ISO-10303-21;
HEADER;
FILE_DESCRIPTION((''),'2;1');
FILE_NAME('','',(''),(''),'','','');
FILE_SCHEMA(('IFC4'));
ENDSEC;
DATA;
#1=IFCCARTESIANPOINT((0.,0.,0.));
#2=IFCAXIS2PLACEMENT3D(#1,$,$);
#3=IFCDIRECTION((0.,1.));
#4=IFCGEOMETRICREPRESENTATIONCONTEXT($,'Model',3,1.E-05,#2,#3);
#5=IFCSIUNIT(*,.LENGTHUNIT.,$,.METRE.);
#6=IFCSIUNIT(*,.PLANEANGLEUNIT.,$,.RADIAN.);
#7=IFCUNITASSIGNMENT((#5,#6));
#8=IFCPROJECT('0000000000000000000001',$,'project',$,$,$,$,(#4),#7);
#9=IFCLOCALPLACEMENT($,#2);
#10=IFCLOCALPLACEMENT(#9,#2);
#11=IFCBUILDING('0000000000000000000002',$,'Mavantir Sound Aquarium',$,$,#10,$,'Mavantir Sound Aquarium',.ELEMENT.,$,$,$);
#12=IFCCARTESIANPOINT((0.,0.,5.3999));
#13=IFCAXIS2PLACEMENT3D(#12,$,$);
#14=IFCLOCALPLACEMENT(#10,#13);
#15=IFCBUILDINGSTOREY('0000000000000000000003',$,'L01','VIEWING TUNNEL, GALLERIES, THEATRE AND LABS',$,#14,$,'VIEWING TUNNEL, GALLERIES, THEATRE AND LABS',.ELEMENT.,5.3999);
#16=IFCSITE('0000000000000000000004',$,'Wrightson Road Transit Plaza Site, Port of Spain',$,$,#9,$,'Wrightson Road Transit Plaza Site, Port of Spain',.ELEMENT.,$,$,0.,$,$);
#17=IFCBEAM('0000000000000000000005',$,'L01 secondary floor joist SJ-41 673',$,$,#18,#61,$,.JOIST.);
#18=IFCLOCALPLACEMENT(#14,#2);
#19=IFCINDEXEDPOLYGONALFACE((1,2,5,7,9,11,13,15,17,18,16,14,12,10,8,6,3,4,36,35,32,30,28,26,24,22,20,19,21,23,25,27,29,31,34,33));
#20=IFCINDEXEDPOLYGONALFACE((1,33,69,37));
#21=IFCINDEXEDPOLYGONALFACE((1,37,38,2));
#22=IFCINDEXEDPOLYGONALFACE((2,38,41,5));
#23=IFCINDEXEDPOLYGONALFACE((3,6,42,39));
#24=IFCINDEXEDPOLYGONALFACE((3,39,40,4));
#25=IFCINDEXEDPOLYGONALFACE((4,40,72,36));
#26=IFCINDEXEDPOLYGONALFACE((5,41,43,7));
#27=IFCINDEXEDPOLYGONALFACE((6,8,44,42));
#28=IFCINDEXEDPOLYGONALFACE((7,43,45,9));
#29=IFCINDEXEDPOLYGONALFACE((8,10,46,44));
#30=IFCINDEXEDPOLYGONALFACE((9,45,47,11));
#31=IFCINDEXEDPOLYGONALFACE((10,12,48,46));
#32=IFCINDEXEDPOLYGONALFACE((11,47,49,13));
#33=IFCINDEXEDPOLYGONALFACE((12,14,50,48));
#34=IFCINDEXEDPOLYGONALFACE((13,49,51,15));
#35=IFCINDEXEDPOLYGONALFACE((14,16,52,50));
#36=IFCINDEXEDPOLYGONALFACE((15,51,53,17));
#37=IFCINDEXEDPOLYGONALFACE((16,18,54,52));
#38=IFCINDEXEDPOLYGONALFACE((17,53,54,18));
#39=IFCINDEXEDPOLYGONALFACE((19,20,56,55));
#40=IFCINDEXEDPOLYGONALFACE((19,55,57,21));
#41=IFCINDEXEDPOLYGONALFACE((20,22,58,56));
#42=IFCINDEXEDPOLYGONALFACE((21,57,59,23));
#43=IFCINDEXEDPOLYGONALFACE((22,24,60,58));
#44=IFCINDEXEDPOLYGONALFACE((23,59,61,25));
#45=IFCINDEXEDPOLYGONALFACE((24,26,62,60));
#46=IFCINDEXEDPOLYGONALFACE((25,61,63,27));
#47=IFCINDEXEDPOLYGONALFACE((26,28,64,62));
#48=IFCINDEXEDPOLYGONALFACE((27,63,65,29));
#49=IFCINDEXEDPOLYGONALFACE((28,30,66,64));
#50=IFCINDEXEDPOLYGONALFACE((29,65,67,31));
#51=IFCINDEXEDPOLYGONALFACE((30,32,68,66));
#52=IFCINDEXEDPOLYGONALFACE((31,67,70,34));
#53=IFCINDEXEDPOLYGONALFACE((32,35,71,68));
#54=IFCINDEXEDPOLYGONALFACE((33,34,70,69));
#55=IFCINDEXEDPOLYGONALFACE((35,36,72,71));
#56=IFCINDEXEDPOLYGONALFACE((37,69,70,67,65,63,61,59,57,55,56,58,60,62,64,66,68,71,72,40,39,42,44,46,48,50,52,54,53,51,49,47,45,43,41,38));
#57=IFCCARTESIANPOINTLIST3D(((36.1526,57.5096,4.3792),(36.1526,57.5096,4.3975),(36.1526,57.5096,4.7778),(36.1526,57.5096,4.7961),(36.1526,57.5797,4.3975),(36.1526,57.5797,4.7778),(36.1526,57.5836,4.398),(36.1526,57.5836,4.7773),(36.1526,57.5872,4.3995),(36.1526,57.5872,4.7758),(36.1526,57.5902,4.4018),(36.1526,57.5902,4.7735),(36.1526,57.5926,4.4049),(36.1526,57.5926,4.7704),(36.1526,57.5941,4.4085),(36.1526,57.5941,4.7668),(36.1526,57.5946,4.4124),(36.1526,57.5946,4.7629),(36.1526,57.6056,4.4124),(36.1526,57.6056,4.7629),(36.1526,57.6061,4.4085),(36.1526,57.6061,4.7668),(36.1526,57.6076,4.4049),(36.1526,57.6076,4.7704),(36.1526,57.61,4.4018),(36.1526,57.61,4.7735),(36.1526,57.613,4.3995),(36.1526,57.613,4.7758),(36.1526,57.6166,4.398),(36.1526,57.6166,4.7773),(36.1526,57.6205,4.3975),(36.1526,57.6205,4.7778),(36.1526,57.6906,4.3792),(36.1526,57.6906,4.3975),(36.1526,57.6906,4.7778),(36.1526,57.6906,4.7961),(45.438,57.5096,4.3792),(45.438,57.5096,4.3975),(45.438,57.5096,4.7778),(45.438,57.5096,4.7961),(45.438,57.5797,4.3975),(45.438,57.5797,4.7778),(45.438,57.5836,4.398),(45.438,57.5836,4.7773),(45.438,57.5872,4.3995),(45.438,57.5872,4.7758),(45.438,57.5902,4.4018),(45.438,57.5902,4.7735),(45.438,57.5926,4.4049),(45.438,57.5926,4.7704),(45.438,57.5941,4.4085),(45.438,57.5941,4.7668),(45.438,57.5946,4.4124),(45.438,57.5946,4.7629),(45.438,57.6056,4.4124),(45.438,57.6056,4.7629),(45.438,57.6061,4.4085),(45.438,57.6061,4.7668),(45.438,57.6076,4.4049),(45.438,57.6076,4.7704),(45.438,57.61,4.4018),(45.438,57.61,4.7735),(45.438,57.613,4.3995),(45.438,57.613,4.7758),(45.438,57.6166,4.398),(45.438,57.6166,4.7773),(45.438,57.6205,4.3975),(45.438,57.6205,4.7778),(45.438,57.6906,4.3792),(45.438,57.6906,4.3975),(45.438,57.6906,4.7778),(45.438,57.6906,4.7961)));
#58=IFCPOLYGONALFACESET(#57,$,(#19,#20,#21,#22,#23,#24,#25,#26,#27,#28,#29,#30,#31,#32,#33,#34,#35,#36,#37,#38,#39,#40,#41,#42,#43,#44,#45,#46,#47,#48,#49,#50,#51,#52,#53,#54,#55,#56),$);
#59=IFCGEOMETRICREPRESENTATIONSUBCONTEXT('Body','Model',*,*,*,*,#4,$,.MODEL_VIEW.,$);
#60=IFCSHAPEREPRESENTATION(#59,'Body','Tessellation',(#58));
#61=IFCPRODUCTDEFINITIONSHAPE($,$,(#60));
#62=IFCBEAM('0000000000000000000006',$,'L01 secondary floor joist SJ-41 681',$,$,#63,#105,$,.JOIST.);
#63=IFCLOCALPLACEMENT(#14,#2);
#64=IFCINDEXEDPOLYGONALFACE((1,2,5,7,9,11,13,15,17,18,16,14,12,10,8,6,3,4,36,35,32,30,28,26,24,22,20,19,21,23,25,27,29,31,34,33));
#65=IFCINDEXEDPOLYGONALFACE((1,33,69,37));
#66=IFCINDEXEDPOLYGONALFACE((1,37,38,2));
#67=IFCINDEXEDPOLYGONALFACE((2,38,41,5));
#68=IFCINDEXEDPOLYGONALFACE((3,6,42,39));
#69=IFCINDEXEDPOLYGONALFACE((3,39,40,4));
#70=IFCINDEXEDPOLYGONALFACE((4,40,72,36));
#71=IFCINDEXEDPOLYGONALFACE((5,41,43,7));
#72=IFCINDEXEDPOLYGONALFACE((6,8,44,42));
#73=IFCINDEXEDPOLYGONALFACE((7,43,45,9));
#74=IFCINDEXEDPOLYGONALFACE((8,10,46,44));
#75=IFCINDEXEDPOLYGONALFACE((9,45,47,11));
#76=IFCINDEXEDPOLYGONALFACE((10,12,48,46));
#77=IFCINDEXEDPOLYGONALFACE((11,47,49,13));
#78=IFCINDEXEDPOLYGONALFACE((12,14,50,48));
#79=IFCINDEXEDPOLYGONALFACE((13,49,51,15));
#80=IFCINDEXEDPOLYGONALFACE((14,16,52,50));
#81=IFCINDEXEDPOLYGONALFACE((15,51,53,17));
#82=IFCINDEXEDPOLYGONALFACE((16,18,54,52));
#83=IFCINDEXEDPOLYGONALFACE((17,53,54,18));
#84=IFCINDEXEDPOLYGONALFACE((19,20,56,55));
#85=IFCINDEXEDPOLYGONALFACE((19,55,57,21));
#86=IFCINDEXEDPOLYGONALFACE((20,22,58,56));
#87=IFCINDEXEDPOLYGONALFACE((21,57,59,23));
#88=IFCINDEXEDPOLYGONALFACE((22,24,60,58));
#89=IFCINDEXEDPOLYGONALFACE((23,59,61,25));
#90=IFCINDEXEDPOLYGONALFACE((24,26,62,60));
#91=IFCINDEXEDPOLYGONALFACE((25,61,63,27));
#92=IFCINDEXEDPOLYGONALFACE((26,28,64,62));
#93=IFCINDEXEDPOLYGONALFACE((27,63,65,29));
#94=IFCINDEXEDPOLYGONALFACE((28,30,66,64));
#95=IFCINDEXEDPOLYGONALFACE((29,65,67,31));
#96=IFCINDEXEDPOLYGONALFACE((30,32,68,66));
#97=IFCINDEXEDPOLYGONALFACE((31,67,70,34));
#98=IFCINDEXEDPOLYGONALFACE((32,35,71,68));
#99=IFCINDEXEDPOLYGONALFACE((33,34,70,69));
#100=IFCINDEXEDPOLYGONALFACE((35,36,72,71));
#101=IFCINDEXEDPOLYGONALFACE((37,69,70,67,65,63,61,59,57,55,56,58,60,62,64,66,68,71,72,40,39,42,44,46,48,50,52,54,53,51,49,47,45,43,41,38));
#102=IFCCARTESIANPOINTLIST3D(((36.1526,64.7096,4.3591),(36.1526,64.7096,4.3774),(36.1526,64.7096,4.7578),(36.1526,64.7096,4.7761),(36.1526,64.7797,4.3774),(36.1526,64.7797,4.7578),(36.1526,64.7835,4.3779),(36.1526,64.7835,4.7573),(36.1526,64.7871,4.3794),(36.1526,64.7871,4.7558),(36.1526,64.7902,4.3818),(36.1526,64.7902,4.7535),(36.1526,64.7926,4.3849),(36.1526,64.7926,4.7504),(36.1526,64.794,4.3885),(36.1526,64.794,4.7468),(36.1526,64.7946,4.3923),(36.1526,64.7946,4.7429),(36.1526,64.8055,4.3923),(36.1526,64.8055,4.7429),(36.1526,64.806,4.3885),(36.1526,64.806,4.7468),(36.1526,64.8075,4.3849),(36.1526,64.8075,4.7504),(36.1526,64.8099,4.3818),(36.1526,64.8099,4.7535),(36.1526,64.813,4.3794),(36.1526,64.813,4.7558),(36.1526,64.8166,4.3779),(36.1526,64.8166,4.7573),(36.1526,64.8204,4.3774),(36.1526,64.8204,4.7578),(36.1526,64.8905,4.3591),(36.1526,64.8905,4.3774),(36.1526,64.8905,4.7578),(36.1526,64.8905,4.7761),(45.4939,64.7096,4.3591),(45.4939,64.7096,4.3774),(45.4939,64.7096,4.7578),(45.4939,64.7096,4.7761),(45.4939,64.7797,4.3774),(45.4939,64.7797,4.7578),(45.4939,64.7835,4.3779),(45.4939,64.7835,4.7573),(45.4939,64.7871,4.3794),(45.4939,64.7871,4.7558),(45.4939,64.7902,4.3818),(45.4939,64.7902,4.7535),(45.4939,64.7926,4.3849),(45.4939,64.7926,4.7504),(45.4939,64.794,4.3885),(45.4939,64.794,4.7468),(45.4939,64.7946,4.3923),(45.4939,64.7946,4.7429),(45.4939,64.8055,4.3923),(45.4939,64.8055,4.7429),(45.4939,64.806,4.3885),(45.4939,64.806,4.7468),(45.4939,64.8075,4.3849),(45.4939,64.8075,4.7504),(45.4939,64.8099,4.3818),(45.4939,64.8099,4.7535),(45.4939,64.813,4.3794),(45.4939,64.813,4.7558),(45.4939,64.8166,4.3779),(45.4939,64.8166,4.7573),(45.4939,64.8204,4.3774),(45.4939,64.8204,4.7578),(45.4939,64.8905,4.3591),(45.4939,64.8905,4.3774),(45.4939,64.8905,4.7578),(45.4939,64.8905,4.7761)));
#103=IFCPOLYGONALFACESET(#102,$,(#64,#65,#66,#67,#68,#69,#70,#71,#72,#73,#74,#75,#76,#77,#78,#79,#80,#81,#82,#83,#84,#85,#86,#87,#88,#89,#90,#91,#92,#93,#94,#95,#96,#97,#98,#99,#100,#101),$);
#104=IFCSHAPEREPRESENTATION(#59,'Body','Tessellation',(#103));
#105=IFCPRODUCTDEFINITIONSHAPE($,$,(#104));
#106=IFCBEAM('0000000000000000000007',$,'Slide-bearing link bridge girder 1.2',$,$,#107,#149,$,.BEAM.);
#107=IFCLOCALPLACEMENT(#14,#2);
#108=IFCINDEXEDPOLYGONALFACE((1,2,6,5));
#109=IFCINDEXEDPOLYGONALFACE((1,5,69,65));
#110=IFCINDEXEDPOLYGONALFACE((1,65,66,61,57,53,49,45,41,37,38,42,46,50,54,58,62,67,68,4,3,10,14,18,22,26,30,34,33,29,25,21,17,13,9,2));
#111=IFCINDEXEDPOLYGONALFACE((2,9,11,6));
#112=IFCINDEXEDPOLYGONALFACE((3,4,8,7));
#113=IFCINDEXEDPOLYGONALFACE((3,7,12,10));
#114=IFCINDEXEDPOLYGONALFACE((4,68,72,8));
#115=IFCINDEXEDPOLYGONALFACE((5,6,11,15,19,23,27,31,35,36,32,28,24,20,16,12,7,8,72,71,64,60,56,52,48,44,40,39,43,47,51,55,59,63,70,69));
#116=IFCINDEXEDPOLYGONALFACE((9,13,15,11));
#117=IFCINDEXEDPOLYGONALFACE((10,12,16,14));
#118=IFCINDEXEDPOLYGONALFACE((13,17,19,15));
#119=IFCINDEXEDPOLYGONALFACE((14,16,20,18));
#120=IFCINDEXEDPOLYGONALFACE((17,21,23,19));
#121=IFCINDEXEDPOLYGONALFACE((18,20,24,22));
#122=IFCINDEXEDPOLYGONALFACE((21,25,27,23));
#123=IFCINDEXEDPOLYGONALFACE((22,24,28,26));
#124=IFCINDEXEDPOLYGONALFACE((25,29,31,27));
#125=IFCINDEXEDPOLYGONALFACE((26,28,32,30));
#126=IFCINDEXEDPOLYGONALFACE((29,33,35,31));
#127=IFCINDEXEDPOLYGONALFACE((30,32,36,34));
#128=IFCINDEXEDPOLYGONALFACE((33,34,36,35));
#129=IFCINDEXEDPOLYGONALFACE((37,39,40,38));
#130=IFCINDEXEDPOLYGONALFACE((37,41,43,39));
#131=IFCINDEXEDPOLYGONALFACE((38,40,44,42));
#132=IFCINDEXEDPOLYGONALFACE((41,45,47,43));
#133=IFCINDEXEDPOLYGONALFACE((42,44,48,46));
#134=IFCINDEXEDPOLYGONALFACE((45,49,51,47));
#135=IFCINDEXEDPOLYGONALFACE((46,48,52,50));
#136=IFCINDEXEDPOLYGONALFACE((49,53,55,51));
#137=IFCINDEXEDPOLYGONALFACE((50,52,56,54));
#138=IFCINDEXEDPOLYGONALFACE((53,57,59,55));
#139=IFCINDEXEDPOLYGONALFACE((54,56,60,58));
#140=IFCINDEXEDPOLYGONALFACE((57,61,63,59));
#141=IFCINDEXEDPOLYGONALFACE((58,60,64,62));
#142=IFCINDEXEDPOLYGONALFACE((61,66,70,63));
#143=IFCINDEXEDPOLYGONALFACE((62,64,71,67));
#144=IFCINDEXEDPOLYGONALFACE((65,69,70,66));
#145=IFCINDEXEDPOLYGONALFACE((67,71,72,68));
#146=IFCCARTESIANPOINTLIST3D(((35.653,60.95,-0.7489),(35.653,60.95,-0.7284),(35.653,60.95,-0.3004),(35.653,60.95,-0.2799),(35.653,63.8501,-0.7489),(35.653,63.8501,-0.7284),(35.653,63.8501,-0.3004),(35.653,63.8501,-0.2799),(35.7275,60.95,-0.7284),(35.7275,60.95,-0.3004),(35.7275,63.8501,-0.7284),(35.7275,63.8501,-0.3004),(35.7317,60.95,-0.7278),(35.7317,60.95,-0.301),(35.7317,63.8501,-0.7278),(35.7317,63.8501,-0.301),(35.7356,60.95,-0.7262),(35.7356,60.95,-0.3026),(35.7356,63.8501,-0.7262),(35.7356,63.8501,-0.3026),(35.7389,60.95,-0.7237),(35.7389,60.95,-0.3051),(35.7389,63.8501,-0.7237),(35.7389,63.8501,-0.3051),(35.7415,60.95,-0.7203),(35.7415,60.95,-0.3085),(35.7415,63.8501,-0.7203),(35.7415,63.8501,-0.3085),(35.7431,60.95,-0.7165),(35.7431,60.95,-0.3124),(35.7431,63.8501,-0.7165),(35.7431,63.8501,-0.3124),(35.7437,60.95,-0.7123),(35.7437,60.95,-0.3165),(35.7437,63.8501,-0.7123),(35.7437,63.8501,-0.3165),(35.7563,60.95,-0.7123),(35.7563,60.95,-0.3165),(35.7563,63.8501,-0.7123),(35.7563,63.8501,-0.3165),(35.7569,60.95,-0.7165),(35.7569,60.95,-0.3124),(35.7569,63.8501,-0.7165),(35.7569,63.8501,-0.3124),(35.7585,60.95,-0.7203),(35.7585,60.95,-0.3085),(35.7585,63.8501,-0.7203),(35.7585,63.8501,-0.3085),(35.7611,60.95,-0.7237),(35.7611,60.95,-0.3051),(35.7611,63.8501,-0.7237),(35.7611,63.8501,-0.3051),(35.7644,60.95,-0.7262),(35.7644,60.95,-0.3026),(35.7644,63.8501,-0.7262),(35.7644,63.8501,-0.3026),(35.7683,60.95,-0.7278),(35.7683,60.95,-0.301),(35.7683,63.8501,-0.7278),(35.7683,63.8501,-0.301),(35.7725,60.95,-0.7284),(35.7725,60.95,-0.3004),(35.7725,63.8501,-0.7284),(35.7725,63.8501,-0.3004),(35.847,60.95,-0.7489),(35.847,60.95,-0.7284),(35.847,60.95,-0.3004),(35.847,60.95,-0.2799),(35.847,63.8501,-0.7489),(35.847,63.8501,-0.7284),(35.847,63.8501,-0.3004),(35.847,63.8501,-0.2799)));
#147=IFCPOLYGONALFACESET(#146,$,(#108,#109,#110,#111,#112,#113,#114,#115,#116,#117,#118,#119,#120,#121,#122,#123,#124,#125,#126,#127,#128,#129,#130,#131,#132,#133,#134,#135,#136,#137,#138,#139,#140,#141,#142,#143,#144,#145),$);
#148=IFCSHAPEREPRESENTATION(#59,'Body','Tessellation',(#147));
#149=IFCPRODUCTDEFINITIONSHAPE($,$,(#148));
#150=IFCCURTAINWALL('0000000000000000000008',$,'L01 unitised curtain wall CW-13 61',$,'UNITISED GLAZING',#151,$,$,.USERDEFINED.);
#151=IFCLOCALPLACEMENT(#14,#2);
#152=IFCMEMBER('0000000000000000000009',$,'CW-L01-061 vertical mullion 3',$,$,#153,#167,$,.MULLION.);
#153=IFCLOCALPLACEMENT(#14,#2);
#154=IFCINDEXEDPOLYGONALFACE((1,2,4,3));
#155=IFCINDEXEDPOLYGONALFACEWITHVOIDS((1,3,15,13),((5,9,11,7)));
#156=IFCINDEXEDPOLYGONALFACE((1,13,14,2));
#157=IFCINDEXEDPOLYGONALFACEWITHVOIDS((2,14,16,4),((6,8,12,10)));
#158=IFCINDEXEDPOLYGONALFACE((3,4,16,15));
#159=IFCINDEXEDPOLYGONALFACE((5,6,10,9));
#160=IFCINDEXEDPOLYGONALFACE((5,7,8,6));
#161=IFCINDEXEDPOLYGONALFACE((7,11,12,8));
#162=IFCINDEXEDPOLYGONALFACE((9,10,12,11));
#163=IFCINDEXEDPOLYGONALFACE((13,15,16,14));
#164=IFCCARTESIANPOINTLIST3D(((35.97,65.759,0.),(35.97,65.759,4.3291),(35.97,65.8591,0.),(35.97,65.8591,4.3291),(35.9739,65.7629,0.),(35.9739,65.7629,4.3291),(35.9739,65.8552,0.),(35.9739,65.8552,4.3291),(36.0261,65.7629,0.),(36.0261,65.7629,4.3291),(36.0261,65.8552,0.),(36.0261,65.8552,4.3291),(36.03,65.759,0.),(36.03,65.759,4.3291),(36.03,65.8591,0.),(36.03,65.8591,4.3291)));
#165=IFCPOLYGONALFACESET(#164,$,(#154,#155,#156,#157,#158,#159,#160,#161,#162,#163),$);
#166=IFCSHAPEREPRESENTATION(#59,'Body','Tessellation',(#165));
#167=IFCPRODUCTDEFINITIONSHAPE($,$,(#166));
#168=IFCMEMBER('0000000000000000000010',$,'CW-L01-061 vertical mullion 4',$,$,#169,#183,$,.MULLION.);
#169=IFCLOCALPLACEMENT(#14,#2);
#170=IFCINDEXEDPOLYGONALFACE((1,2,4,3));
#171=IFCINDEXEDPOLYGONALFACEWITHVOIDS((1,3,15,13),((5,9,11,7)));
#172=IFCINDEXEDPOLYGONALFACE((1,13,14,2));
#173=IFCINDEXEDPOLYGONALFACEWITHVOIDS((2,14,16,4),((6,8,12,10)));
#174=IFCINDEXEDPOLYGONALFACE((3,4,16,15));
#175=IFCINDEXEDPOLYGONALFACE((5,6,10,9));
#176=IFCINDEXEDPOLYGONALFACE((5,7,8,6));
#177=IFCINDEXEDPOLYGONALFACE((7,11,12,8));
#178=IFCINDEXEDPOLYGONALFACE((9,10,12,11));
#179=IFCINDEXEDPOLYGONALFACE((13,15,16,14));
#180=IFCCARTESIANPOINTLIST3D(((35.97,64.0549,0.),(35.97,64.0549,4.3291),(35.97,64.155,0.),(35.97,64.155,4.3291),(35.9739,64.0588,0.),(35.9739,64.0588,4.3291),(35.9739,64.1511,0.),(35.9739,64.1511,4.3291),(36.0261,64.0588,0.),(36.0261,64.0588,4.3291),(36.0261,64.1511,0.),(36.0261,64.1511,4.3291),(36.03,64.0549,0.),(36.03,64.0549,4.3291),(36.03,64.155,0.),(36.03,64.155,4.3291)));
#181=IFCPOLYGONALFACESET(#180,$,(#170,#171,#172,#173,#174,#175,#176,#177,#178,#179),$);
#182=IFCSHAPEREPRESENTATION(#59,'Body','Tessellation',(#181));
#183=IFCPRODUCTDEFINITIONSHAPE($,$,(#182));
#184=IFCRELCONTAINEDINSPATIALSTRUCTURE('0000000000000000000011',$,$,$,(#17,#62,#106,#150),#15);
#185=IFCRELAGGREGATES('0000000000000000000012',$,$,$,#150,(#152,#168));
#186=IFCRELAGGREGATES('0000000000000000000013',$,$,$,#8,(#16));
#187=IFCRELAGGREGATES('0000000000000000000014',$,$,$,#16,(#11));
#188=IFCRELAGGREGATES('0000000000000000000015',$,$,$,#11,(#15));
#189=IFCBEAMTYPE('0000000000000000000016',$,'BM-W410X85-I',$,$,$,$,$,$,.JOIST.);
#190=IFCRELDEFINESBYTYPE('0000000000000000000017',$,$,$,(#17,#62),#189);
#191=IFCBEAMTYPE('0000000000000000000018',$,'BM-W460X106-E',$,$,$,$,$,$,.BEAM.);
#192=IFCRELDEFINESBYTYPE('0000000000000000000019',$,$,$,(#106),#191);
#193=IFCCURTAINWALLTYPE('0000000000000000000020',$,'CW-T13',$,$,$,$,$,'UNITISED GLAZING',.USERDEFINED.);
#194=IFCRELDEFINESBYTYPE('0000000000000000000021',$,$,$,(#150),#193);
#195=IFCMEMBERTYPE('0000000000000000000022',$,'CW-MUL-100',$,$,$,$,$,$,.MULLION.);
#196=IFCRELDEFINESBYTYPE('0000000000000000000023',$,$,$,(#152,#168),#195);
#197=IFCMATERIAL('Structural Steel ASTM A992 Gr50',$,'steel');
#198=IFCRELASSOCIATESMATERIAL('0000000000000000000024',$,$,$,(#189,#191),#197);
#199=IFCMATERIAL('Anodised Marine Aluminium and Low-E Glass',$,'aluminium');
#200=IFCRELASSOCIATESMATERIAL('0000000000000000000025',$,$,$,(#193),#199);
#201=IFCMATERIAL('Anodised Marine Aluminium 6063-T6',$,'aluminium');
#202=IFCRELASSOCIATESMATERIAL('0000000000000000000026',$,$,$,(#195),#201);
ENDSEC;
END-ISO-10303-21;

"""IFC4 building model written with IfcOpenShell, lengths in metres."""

from ifc_helpers import new_model, si_unit, direction, frame, origin, origin_2d, place, context, subcontext, project, spatial, hollow_rectangle, i_section, extrude, material, material_profile, profile_set, type_object, element, aggregate, save


model = new_model("IFC4")

# Units and contexts
model_context = context("Model", 3, precision=1e-05, world=origin(), true_north=direction((0.0, 1.0)))
body_context = subcontext(model_context, "Body", "Model", "MODEL_VIEW")
ifc_project = project(units=[si_unit("LENGTHUNIT", "METRE"), si_unit("PLANEANGLEUNIT", "RADIAN")], contexts=[model_context])

# Site, building, storey
site_placement = place(None, origin())
site = spatial("IfcSite", under=ifc_project, at=site_placement, Name="Wrightson Road Transit Plaza Site, Port of Spain", LongName="Wrightson Road Transit Plaza Site, Port of Spain", CompositionType="ELEMENT", RefElevation=0.0)
building_placement = place(site_placement, origin())
building = spatial("IfcBuilding", under=site, at=building_placement, Name="Mavantir Sound Aquarium", LongName="Mavantir Sound Aquarium", CompositionType="ELEMENT")
storey_placement = place(building_placement, frame((0.0, 0.0, 5.3999)))
storey = spatial("IfcBuildingStorey", under=building, at=storey_placement, Name="L01", Description="VIEWING TUNNEL, GALLERIES, THEATRE AND LABS", LongName="VIEWING TUNNEL, GALLERIES, THEATRE AND LABS", CompositionType="ELEMENT", Elevation=5.3999)

# Beams
ifc_material_1 = material(Name="Structural Steel ASTM A992 Gr50", Category="steel")
ifc_material_profile_1 = material_profile(ifc_material_1, i_section(OverallWidth=0.1809, OverallDepth=0.417, WebThickness=0.011, FlangeThickness=0.0183, FilletRadius=0.0149, at=origin_2d()), Name="W410X85")
ifc_profile_set_1 = profile_set([ifc_material_profile_1], Name="Structural Steel ASTM A992 Gr50")
beam_type_1 = type_object("IfcBeamType", Name="BM-W410X85-I", PredefinedType="JOIST", material=ifc_profile_set_1)
beam_1_placement = place(storey_placement, frame((36.1526, 57.6001, 4.5876), z_axis=(1.0, 0.0, 0.0), x_axis=(0.0, 1.0, 0.0)))
element("IfcBeam", 1, at=beam_1_placement, inside=storey, type_object=beam_type_1, Name="L01 secondary floor joist SJ-41 673", PredefinedType="JOIST", context=body_context, shape_type="SweptSolid", body=[
    extrude(i_section(OverallWidth=0.1809, OverallDepth=0.417, WebThickness=0.011, FlangeThickness=0.0183, FilletRadius=0.0149, at=origin_2d()), origin(), (0.0, 0.0, 1.0), 9.2854),
])
beam_2_placement = place(storey_placement, frame((36.1526, 64.8, 4.5676), z_axis=(1.0, 0.0, 0.0), x_axis=(0.0, 1.0, 0.0)))
element("IfcBeam", 2, at=beam_2_placement, inside=storey, type_object=beam_type_1, Name="L01 secondary floor joist SJ-41 681", PredefinedType="JOIST", context=body_context, shape_type="SweptSolid", body=[
    extrude(i_section(OverallWidth=0.1809, OverallDepth=0.417, WebThickness=0.011, FlangeThickness=0.0183, FilletRadius=0.0149, at=origin_2d()), origin(), (0.0, 0.0, 1.0), 9.3413),
])
ifc_material_profile_2 = material_profile(ifc_material_1, i_section(OverallWidth=0.1941, OverallDepth=0.469, WebThickness=0.0127, FlangeThickness=0.0205, FilletRadius=0.0161, at=origin_2d()), Name="W460X106")
ifc_profile_set_2 = profile_set([ifc_material_profile_2], Name="Structural Steel ASTM A992 Gr50")
beam_type_2 = type_object("IfcBeamType", Name="BM-W460X106-E", PredefinedType="BEAM", material=ifc_profile_set_2)
beam_3_placement = place(storey_placement, frame((35.75, 60.95, -0.5144), z_axis=(0.0, 1.0, 0.0), x_axis=(-1.0, 0.0, 0.0)))
element("IfcBeam", 3, at=beam_3_placement, inside=storey, type_object=beam_type_2, Name="Slide-bearing link bridge girder 1.2", PredefinedType="BEAM", context=body_context, shape_type="SweptSolid", body=[
    extrude(i_section(OverallWidth=0.1941, OverallDepth=0.469, WebThickness=0.0127, FlangeThickness=0.0205, FilletRadius=0.0161, at=origin_2d()), origin(), (0.0, 0.0, 1.0), 2.9001),
])

# Curtain wall, members
ifc_material_2 = material(Name="Anodised Marine Aluminium and Low-E Glass", Category="aluminium")
curtain_wall_type_1 = type_object("IfcCurtainWallType", Name="CW-T13", ElementType="UNITISED GLAZING", PredefinedType="USERDEFINED", material=ifc_material_2)
curtain_wall_1_placement = place(storey_placement, origin())
curtain_wall_1 = element("IfcCurtainWall", 4, at=curtain_wall_1_placement, inside=storey, type_object=curtain_wall_type_1, Name="L01 unitised curtain wall CW-13 61", ObjectType="UNITISED GLAZING", PredefinedType="USERDEFINED")
ifc_material_3 = material(Name="Anodised Marine Aluminium 6063-T6", Category="aluminium")
ifc_material_profile_3 = material_profile(ifc_material_3, hollow_rectangle(XDim=0.0601, YDim=0.1001, WallThickness=0.0039, at=origin_2d()), Name="ALU-MULLION-100X60")
ifc_profile_set_3 = profile_set([ifc_material_profile_3], Name="Anodised Marine Aluminium 6063-T6")
member_type_1 = type_object("IfcMemberType", Name="CW-MUL-100", PredefinedType="MULLION", material=ifc_profile_set_3)
member_1_placement = place(storey_placement, frame((36.0, 65.8091, 0.0), z_axis=(0.0, 0.0, 1.0), x_axis=(1.0, 0.0, 0.0)))
member_1 = element("IfcMember", 5, at=member_1_placement, type_object=member_type_1, Name="CW-L01-061 vertical mullion 3", PredefinedType="MULLION", context=body_context, shape_type="SweptSolid", body=[
    extrude(hollow_rectangle(XDim=0.0601, YDim=0.1001, WallThickness=0.0039, at=origin_2d()), origin(), (0.0, 0.0, 1.0), 4.3291),
])
member_2_placement = place(storey_placement, frame((36.0, 64.105, 0.0), z_axis=(0.0, 0.0, 1.0), x_axis=(1.0, 0.0, 0.0)))
member_2 = element("IfcMember", 6, at=member_2_placement, type_object=member_type_1, Name="CW-L01-061 vertical mullion 4", PredefinedType="MULLION", context=body_context, shape_type="SweptSolid", body=[
    extrude(hollow_rectangle(XDim=0.0601, YDim=0.1001, WallThickness=0.0039, at=origin_2d()), origin(), (0.0, 0.0, 1.0), 4.3291),
])

aggregate(curtain_wall_1, [member_1, member_2])

save(model, "model.ifc")
